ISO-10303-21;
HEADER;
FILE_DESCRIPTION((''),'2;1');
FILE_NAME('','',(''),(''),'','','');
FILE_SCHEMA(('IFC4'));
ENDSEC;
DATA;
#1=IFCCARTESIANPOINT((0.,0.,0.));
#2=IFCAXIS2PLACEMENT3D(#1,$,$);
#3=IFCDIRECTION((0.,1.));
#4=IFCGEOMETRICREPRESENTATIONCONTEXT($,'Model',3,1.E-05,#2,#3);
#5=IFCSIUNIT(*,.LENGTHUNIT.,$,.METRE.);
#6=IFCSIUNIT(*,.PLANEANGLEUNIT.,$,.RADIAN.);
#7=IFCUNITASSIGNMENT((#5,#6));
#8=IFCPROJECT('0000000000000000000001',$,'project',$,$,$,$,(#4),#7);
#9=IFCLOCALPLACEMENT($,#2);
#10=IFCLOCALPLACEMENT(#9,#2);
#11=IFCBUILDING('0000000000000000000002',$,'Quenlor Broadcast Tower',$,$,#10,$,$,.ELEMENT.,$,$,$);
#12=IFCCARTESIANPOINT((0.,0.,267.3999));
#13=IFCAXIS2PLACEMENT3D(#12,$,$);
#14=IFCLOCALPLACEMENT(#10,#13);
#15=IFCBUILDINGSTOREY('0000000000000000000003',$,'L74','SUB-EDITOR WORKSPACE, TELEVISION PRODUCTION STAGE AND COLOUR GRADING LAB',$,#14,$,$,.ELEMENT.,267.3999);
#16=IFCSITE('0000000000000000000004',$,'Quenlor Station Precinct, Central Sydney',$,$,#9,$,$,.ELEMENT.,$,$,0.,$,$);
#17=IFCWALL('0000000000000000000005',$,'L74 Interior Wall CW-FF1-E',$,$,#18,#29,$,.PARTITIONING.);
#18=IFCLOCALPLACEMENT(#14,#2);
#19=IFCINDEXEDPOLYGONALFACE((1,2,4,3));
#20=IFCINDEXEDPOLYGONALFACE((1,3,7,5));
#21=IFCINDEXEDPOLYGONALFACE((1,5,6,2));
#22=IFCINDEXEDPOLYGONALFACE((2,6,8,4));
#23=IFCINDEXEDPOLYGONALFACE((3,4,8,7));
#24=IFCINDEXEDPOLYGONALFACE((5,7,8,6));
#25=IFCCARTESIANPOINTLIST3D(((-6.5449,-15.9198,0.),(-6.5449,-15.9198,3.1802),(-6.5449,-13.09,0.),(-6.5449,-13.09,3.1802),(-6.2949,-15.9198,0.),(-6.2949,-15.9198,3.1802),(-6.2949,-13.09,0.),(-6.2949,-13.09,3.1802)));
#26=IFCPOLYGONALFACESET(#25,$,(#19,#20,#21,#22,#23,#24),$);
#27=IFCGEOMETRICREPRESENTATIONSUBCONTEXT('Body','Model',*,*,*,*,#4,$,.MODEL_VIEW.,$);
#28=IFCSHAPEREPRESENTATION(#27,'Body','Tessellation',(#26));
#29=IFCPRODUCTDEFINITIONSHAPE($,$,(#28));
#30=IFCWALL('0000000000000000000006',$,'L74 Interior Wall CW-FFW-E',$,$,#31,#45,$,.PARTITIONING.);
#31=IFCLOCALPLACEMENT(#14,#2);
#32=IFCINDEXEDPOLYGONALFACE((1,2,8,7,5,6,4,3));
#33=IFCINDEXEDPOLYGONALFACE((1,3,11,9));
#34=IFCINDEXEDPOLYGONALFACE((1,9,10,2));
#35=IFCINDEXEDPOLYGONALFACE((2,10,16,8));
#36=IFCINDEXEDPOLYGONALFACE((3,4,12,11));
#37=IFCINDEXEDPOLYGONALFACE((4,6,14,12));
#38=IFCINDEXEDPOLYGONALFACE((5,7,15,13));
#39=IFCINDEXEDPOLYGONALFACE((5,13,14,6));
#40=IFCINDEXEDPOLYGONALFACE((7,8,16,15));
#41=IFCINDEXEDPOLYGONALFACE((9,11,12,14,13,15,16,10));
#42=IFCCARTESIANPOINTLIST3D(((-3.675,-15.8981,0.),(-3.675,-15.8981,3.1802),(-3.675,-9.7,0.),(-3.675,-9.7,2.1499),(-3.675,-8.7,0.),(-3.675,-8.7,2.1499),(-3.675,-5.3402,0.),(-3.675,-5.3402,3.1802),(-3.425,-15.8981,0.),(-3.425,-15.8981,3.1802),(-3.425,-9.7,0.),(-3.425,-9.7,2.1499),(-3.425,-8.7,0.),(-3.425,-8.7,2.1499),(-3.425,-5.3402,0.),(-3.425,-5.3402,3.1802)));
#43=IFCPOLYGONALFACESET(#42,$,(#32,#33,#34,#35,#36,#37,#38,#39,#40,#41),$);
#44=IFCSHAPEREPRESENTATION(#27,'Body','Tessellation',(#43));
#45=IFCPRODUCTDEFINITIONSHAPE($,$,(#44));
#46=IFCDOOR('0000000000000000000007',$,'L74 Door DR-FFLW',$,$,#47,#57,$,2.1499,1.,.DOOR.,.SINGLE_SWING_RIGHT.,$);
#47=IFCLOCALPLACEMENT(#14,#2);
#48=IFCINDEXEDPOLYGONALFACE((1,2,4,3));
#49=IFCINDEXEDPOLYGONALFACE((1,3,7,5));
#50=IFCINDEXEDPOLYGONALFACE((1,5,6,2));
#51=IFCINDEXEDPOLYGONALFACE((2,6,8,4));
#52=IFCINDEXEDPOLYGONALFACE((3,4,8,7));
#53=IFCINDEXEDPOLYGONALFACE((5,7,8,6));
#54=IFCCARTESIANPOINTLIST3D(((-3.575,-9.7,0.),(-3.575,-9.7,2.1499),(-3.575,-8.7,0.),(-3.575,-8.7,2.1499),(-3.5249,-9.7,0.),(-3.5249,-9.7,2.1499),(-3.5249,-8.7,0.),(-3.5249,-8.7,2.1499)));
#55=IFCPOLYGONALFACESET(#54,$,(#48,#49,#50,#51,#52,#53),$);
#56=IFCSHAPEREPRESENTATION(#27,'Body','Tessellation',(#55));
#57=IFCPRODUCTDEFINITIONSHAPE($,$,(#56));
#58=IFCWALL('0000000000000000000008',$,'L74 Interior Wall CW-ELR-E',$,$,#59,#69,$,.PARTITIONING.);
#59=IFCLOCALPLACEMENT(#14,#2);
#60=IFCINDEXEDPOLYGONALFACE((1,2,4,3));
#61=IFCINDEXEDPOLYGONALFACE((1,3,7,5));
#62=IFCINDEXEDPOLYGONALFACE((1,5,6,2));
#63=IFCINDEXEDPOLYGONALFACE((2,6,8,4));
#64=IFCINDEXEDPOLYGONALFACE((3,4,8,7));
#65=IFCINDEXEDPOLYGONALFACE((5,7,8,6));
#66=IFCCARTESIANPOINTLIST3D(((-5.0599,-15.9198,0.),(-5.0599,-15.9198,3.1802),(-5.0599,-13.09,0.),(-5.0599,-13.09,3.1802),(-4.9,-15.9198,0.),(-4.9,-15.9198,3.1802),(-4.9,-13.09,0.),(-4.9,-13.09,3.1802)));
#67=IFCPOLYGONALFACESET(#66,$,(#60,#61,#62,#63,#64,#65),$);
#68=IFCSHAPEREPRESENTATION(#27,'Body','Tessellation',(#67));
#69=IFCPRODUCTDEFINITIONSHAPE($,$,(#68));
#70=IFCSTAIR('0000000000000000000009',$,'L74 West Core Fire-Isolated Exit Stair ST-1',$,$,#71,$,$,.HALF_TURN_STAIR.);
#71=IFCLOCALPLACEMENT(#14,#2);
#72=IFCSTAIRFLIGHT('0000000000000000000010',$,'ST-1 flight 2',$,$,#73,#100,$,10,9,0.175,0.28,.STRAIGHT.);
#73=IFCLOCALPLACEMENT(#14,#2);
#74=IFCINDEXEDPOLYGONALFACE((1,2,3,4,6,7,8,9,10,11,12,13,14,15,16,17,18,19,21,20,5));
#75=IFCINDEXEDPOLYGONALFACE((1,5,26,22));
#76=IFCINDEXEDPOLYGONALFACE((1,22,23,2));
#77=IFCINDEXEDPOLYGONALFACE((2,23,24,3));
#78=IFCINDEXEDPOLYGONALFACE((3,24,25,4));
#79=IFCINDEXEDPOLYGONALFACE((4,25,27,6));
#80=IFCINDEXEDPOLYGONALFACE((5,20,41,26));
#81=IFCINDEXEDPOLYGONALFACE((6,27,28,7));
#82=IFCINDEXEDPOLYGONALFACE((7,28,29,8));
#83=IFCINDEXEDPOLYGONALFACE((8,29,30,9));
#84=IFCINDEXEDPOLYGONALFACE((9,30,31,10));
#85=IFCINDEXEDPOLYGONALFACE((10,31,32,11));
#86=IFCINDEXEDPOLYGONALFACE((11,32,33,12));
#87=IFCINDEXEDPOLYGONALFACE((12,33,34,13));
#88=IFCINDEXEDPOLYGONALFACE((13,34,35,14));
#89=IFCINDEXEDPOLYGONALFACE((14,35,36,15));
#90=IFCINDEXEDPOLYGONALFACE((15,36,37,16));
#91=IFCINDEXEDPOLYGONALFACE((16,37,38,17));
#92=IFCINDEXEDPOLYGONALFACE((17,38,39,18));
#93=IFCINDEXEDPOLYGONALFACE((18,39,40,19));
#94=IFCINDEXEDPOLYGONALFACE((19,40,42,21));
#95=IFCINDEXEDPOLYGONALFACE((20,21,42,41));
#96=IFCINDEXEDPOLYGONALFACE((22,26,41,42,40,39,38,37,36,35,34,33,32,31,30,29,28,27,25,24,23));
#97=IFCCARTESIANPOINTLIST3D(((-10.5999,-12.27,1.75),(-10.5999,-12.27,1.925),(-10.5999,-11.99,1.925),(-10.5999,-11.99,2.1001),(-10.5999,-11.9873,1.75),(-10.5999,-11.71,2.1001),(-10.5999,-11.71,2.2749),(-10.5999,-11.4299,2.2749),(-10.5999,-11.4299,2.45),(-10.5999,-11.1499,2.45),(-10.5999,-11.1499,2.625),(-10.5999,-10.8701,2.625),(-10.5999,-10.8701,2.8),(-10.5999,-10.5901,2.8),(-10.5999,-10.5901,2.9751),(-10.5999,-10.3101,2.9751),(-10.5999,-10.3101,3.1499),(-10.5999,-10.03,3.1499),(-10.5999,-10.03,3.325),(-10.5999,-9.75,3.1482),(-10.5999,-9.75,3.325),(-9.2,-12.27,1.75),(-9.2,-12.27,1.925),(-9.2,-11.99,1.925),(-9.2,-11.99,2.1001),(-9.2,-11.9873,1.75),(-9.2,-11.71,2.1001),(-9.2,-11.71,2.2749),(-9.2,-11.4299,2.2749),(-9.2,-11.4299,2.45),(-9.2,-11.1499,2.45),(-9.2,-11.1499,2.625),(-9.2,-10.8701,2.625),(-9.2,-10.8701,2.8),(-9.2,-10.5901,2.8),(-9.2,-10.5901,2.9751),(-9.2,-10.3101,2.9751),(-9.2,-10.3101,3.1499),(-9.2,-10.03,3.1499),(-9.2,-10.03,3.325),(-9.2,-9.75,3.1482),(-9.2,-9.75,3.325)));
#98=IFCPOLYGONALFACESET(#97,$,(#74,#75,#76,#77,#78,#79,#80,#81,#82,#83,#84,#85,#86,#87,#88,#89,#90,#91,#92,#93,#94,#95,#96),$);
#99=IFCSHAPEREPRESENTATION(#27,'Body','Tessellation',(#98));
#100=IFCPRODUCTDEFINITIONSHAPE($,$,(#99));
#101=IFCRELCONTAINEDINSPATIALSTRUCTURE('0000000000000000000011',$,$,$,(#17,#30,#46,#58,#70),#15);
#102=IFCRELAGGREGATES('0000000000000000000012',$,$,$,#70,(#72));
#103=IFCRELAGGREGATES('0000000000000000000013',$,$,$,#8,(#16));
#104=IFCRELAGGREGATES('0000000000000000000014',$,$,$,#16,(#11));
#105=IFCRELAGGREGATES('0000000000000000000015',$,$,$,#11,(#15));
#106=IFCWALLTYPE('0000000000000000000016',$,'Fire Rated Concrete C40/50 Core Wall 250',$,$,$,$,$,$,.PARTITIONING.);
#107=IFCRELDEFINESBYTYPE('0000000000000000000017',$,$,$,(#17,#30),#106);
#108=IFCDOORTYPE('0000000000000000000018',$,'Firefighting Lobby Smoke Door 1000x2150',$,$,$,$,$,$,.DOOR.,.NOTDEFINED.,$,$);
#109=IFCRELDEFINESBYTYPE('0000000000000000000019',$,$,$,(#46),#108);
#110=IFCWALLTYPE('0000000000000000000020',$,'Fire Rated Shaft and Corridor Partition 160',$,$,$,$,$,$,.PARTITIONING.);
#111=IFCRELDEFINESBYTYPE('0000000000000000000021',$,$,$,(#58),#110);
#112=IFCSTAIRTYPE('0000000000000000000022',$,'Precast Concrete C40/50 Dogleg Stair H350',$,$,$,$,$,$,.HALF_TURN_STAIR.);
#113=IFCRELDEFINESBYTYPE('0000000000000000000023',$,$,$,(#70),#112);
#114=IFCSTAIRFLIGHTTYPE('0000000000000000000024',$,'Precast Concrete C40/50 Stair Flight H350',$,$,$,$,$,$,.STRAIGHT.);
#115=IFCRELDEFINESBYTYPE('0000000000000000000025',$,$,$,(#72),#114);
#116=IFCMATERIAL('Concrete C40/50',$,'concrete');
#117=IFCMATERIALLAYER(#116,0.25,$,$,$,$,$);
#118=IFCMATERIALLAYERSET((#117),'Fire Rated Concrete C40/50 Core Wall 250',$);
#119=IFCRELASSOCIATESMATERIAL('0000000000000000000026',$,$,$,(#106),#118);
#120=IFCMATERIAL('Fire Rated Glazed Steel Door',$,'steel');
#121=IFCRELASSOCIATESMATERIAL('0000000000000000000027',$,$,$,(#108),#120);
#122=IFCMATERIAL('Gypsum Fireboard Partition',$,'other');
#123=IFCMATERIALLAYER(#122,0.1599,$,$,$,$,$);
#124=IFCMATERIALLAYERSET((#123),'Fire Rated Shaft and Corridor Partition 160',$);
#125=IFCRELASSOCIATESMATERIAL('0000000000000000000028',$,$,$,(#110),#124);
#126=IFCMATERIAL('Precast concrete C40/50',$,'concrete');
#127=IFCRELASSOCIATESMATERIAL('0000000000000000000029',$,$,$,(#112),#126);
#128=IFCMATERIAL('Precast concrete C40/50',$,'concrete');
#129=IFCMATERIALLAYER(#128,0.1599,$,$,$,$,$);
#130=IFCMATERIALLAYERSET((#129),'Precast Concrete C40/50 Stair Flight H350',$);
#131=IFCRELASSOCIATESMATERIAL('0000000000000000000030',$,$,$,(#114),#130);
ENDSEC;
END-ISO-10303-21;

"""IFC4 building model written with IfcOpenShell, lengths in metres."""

from ifc_helpers import new_model, si_unit, direction, frame, frame_2d, origin, place, context, subcontext, project, spatial, polyline, rectangle, outline, extrude, material, layer, layer_set, type_object, element, fill, aggregate, save


model = new_model("IFC4")

# Units and contexts
model_context = context("Model", 3, precision=1e-05, world=origin(), true_north=direction((0.0, 1.0)))
body_context = subcontext(model_context, "Body", "Model", "MODEL_VIEW")
ifc_project = project(units=[si_unit("LENGTHUNIT", "METRE"), si_unit("PLANEANGLEUNIT", "RADIAN")], contexts=[model_context])

# Site, building, storey
site_placement = place(None, origin())
site = spatial("IfcSite", under=ifc_project, at=site_placement, Name="Quenlor Station Precinct, Central Sydney", CompositionType="ELEMENT", RefElevation=0.0)
building_placement = place(site_placement, origin())
building = spatial("IfcBuilding", under=site, at=building_placement, Name="Quenlor Broadcast Tower", CompositionType="ELEMENT")
storey_placement = place(building_placement, frame((0.0, 0.0, 267.3999)))
storey = spatial("IfcBuildingStorey", under=building, at=storey_placement, Name="L74", Description="SUB-EDITOR WORKSPACE, TELEVISION PRODUCTION STAGE AND COLOUR GRADING LAB", CompositionType="ELEMENT", Elevation=267.3999)

# Shared definitions
ifc_material_1 = material(Name="Concrete C40/50", Category="concrete")
ifc_layer_1 = layer(ifc_material_1, 0.25)
ifc_layer_set_1 = layer_set([ifc_layer_1], Name="Fire Rated Concrete C40/50 Core Wall 250")
wall_type_1 = type_object("IfcWallType", Name="Fire Rated Concrete C40/50 Core Wall 250", PredefinedType="PARTITIONING", material=ifc_layer_set_1)

# Wall
wall_1_placement = place(storey_placement, frame((-6.4199, -15.9199, 0.0), z_axis=(0.0, 0.0, 1.0), x_axis=(0.0, 1.0, 0.0)))
element("IfcWall", 1, at=wall_1_placement, inside=storey, type_object=wall_type_1, Name="L74 Interior Wall CW-FF1-E", PredefinedType="PARTITIONING", context=body_context, shape_type="SweptSolid", body=[
    extrude(rectangle(XDim=2.8298, YDim=0.25, at=frame_2d((1.415, 0.0))), origin(), (0.0, 0.0, 1.0), 3.1802),
])

# Wall, opening, door
wall_2_placement = place(storey_placement, frame((-3.55, -15.8979, 0.0), z_axis=(0.0, 0.0, 1.0), x_axis=(0.0, 1.0, 0.0)))
wall_2 = element("IfcWall", 2, at=wall_2_placement, inside=storey, type_object=wall_type_1, Name="L74 Interior Wall CW-FFW-E", PredefinedType="PARTITIONING", context=body_context, shape_type="SweptSolid", body=[
    extrude(rectangle(XDim=10.5579, YDim=0.25, at=frame_2d((5.2788, 0.0))), origin(), (0.0, 0.0, 1.0), 3.1802),
])
opening_1_placement = place(wall_2_placement, frame((6.198, 0.0, 0.0)))
opening_1 = element("IfcOpeningElement", 3, at=opening_1_placement, cuts=wall_2, PredefinedType="OPENING", context=body_context, shape_type="SweptSolid", body=[
    extrude(rectangle(XDim=1.0, YDim=2.1499, at=frame_2d((0.5, 1.075))), frame((0.0, 0.135, 0.0), z_axis=(0.0, -1.0, 0.0), x_axis=(1.0, 0.0, 0.0)), (0.0, 0.0, 1.0), 0.27),
])
ifc_material_2 = material(Name="Fire Rated Glazed Steel Door", Category="steel")
door_type_1 = type_object("IfcDoorType", Name="Firefighting Lobby Smoke Door 1000x2150", OperationType="NOTDEFINED", PredefinedType="DOOR", material=ifc_material_2)
door_1_placement = place(opening_1_placement, origin())
door_1 = element("IfcDoor", 4, at=door_1_placement, inside=storey, type_object=door_type_1, Name="L74 Door DR-FFLW", OperationType="SINGLE_SWING_RIGHT", OverallHeight=2.1499, OverallWidth=1.0, PredefinedType="DOOR", context=body_context, shape_type="SweptSolid", body=[
    extrude(rectangle(XDim=1.0, YDim=2.1499, at=frame_2d((0.5, 1.075))), frame((0.0, 0.0249, 0.0), z_axis=(0.0, -1.0, 0.0), x_axis=(1.0, 0.0, 0.0)), (0.0, 0.0, 1.0), 0.05),
])
fill(opening_1, door_1)

# Wall
ifc_material_3 = material(Name="Gypsum Fireboard Partition", Category="other")
ifc_layer_2 = layer(ifc_material_3, 0.1599)
ifc_layer_set_2 = layer_set([ifc_layer_2], Name="Fire Rated Shaft and Corridor Partition 160")
wall_type_2 = type_object("IfcWallType", Name="Fire Rated Shaft and Corridor Partition 160", PredefinedType="PARTITIONING", material=ifc_layer_set_2)
wall_3_placement = place(storey_placement, frame((-4.98, -15.9199, 0.0), z_axis=(0.0, 0.0, 1.0), x_axis=(0.0, 1.0, 0.0)))
element("IfcWall", 5, at=wall_3_placement, inside=storey, type_object=wall_type_2, Name="L74 Interior Wall CW-ELR-E", PredefinedType="PARTITIONING", context=body_context, shape_type="SweptSolid", body=[
    extrude(rectangle(XDim=2.8298, YDim=0.1599, at=frame_2d((1.415, 0.0))), origin(), (0.0, 0.0, 1.0), 3.1802),
])

# Stair, stair flight
ifc_material_4 = material(Name="Precast concrete C40/50", Category="concrete")
stair_type = type_object("IfcStairType", Name="Precast Concrete C40/50 Dogleg Stair H350", PredefinedType="HALF_TURN_STAIR", material=ifc_material_4)
stair_placement = place(storey_placement, origin())
stair = element("IfcStair", 6, at=stair_placement, inside=storey, type_object=stair_type, Name="L74 West Core Fire-Isolated Exit Stair ST-1", PredefinedType="HALF_TURN_STAIR")
ifc_material_5 = material(Name="Precast concrete C40/50", Category="concrete")
ifc_layer_3 = layer(ifc_material_5, 0.1599)
ifc_layer_set_3 = layer_set([ifc_layer_3], Name="Precast Concrete C40/50 Stair Flight H350")
stair_flight_type = type_object("IfcStairFlightType", Name="Precast Concrete C40/50 Stair Flight H350", PredefinedType="STRAIGHT", material=ifc_layer_set_3)
stair_flight_placement = place(storey_placement, frame((-9.8999, -12.27, 1.75), z_axis=(0.0, 0.0, 1.0), x_axis=(0.0, 1.0, 0.0)))
stair_flight = element("IfcStairFlight", 7, at=stair_flight_placement, type_object=stair_flight_type, Name="ST-1 flight 2", NumberOfRisers=10, NumberOfTreads=9, PredefinedType="STRAIGHT", RiserHeight=0.175, TreadLength=0.28, context=body_context, shape_type="SweptSolid", body=[
    extrude(outline(polyline([(0.0, 0.0), (0.0, 0.175), (0.28, 0.175), (0.28, 0.3501), (0.5601, 0.3501), (0.5601, 0.5249), (0.8401, 0.5249), (0.8401, 0.7), (1.1201, 0.7), (1.1201, 0.875), (1.3999, 0.875), (1.3999, 1.05), (1.6799, 1.05), (1.6799, 1.2251), (1.96, 1.2251), (1.96, 1.3999), (2.24, 1.3999), (2.24, 1.575), (2.52, 1.575), (2.52, 1.75), (2.52, 1.3982), (0.2827, 0.0), (0.0, 0.0)])), frame((0.0, 0.7, 0.0), z_axis=(0.0, -1.0, 0.0), x_axis=(1.0, 0.0, 0.0)), (0.0, 0.0, 1.0), 1.3999),
])
aggregate(stair, [stair_flight])

save(model, "model.ifc")
